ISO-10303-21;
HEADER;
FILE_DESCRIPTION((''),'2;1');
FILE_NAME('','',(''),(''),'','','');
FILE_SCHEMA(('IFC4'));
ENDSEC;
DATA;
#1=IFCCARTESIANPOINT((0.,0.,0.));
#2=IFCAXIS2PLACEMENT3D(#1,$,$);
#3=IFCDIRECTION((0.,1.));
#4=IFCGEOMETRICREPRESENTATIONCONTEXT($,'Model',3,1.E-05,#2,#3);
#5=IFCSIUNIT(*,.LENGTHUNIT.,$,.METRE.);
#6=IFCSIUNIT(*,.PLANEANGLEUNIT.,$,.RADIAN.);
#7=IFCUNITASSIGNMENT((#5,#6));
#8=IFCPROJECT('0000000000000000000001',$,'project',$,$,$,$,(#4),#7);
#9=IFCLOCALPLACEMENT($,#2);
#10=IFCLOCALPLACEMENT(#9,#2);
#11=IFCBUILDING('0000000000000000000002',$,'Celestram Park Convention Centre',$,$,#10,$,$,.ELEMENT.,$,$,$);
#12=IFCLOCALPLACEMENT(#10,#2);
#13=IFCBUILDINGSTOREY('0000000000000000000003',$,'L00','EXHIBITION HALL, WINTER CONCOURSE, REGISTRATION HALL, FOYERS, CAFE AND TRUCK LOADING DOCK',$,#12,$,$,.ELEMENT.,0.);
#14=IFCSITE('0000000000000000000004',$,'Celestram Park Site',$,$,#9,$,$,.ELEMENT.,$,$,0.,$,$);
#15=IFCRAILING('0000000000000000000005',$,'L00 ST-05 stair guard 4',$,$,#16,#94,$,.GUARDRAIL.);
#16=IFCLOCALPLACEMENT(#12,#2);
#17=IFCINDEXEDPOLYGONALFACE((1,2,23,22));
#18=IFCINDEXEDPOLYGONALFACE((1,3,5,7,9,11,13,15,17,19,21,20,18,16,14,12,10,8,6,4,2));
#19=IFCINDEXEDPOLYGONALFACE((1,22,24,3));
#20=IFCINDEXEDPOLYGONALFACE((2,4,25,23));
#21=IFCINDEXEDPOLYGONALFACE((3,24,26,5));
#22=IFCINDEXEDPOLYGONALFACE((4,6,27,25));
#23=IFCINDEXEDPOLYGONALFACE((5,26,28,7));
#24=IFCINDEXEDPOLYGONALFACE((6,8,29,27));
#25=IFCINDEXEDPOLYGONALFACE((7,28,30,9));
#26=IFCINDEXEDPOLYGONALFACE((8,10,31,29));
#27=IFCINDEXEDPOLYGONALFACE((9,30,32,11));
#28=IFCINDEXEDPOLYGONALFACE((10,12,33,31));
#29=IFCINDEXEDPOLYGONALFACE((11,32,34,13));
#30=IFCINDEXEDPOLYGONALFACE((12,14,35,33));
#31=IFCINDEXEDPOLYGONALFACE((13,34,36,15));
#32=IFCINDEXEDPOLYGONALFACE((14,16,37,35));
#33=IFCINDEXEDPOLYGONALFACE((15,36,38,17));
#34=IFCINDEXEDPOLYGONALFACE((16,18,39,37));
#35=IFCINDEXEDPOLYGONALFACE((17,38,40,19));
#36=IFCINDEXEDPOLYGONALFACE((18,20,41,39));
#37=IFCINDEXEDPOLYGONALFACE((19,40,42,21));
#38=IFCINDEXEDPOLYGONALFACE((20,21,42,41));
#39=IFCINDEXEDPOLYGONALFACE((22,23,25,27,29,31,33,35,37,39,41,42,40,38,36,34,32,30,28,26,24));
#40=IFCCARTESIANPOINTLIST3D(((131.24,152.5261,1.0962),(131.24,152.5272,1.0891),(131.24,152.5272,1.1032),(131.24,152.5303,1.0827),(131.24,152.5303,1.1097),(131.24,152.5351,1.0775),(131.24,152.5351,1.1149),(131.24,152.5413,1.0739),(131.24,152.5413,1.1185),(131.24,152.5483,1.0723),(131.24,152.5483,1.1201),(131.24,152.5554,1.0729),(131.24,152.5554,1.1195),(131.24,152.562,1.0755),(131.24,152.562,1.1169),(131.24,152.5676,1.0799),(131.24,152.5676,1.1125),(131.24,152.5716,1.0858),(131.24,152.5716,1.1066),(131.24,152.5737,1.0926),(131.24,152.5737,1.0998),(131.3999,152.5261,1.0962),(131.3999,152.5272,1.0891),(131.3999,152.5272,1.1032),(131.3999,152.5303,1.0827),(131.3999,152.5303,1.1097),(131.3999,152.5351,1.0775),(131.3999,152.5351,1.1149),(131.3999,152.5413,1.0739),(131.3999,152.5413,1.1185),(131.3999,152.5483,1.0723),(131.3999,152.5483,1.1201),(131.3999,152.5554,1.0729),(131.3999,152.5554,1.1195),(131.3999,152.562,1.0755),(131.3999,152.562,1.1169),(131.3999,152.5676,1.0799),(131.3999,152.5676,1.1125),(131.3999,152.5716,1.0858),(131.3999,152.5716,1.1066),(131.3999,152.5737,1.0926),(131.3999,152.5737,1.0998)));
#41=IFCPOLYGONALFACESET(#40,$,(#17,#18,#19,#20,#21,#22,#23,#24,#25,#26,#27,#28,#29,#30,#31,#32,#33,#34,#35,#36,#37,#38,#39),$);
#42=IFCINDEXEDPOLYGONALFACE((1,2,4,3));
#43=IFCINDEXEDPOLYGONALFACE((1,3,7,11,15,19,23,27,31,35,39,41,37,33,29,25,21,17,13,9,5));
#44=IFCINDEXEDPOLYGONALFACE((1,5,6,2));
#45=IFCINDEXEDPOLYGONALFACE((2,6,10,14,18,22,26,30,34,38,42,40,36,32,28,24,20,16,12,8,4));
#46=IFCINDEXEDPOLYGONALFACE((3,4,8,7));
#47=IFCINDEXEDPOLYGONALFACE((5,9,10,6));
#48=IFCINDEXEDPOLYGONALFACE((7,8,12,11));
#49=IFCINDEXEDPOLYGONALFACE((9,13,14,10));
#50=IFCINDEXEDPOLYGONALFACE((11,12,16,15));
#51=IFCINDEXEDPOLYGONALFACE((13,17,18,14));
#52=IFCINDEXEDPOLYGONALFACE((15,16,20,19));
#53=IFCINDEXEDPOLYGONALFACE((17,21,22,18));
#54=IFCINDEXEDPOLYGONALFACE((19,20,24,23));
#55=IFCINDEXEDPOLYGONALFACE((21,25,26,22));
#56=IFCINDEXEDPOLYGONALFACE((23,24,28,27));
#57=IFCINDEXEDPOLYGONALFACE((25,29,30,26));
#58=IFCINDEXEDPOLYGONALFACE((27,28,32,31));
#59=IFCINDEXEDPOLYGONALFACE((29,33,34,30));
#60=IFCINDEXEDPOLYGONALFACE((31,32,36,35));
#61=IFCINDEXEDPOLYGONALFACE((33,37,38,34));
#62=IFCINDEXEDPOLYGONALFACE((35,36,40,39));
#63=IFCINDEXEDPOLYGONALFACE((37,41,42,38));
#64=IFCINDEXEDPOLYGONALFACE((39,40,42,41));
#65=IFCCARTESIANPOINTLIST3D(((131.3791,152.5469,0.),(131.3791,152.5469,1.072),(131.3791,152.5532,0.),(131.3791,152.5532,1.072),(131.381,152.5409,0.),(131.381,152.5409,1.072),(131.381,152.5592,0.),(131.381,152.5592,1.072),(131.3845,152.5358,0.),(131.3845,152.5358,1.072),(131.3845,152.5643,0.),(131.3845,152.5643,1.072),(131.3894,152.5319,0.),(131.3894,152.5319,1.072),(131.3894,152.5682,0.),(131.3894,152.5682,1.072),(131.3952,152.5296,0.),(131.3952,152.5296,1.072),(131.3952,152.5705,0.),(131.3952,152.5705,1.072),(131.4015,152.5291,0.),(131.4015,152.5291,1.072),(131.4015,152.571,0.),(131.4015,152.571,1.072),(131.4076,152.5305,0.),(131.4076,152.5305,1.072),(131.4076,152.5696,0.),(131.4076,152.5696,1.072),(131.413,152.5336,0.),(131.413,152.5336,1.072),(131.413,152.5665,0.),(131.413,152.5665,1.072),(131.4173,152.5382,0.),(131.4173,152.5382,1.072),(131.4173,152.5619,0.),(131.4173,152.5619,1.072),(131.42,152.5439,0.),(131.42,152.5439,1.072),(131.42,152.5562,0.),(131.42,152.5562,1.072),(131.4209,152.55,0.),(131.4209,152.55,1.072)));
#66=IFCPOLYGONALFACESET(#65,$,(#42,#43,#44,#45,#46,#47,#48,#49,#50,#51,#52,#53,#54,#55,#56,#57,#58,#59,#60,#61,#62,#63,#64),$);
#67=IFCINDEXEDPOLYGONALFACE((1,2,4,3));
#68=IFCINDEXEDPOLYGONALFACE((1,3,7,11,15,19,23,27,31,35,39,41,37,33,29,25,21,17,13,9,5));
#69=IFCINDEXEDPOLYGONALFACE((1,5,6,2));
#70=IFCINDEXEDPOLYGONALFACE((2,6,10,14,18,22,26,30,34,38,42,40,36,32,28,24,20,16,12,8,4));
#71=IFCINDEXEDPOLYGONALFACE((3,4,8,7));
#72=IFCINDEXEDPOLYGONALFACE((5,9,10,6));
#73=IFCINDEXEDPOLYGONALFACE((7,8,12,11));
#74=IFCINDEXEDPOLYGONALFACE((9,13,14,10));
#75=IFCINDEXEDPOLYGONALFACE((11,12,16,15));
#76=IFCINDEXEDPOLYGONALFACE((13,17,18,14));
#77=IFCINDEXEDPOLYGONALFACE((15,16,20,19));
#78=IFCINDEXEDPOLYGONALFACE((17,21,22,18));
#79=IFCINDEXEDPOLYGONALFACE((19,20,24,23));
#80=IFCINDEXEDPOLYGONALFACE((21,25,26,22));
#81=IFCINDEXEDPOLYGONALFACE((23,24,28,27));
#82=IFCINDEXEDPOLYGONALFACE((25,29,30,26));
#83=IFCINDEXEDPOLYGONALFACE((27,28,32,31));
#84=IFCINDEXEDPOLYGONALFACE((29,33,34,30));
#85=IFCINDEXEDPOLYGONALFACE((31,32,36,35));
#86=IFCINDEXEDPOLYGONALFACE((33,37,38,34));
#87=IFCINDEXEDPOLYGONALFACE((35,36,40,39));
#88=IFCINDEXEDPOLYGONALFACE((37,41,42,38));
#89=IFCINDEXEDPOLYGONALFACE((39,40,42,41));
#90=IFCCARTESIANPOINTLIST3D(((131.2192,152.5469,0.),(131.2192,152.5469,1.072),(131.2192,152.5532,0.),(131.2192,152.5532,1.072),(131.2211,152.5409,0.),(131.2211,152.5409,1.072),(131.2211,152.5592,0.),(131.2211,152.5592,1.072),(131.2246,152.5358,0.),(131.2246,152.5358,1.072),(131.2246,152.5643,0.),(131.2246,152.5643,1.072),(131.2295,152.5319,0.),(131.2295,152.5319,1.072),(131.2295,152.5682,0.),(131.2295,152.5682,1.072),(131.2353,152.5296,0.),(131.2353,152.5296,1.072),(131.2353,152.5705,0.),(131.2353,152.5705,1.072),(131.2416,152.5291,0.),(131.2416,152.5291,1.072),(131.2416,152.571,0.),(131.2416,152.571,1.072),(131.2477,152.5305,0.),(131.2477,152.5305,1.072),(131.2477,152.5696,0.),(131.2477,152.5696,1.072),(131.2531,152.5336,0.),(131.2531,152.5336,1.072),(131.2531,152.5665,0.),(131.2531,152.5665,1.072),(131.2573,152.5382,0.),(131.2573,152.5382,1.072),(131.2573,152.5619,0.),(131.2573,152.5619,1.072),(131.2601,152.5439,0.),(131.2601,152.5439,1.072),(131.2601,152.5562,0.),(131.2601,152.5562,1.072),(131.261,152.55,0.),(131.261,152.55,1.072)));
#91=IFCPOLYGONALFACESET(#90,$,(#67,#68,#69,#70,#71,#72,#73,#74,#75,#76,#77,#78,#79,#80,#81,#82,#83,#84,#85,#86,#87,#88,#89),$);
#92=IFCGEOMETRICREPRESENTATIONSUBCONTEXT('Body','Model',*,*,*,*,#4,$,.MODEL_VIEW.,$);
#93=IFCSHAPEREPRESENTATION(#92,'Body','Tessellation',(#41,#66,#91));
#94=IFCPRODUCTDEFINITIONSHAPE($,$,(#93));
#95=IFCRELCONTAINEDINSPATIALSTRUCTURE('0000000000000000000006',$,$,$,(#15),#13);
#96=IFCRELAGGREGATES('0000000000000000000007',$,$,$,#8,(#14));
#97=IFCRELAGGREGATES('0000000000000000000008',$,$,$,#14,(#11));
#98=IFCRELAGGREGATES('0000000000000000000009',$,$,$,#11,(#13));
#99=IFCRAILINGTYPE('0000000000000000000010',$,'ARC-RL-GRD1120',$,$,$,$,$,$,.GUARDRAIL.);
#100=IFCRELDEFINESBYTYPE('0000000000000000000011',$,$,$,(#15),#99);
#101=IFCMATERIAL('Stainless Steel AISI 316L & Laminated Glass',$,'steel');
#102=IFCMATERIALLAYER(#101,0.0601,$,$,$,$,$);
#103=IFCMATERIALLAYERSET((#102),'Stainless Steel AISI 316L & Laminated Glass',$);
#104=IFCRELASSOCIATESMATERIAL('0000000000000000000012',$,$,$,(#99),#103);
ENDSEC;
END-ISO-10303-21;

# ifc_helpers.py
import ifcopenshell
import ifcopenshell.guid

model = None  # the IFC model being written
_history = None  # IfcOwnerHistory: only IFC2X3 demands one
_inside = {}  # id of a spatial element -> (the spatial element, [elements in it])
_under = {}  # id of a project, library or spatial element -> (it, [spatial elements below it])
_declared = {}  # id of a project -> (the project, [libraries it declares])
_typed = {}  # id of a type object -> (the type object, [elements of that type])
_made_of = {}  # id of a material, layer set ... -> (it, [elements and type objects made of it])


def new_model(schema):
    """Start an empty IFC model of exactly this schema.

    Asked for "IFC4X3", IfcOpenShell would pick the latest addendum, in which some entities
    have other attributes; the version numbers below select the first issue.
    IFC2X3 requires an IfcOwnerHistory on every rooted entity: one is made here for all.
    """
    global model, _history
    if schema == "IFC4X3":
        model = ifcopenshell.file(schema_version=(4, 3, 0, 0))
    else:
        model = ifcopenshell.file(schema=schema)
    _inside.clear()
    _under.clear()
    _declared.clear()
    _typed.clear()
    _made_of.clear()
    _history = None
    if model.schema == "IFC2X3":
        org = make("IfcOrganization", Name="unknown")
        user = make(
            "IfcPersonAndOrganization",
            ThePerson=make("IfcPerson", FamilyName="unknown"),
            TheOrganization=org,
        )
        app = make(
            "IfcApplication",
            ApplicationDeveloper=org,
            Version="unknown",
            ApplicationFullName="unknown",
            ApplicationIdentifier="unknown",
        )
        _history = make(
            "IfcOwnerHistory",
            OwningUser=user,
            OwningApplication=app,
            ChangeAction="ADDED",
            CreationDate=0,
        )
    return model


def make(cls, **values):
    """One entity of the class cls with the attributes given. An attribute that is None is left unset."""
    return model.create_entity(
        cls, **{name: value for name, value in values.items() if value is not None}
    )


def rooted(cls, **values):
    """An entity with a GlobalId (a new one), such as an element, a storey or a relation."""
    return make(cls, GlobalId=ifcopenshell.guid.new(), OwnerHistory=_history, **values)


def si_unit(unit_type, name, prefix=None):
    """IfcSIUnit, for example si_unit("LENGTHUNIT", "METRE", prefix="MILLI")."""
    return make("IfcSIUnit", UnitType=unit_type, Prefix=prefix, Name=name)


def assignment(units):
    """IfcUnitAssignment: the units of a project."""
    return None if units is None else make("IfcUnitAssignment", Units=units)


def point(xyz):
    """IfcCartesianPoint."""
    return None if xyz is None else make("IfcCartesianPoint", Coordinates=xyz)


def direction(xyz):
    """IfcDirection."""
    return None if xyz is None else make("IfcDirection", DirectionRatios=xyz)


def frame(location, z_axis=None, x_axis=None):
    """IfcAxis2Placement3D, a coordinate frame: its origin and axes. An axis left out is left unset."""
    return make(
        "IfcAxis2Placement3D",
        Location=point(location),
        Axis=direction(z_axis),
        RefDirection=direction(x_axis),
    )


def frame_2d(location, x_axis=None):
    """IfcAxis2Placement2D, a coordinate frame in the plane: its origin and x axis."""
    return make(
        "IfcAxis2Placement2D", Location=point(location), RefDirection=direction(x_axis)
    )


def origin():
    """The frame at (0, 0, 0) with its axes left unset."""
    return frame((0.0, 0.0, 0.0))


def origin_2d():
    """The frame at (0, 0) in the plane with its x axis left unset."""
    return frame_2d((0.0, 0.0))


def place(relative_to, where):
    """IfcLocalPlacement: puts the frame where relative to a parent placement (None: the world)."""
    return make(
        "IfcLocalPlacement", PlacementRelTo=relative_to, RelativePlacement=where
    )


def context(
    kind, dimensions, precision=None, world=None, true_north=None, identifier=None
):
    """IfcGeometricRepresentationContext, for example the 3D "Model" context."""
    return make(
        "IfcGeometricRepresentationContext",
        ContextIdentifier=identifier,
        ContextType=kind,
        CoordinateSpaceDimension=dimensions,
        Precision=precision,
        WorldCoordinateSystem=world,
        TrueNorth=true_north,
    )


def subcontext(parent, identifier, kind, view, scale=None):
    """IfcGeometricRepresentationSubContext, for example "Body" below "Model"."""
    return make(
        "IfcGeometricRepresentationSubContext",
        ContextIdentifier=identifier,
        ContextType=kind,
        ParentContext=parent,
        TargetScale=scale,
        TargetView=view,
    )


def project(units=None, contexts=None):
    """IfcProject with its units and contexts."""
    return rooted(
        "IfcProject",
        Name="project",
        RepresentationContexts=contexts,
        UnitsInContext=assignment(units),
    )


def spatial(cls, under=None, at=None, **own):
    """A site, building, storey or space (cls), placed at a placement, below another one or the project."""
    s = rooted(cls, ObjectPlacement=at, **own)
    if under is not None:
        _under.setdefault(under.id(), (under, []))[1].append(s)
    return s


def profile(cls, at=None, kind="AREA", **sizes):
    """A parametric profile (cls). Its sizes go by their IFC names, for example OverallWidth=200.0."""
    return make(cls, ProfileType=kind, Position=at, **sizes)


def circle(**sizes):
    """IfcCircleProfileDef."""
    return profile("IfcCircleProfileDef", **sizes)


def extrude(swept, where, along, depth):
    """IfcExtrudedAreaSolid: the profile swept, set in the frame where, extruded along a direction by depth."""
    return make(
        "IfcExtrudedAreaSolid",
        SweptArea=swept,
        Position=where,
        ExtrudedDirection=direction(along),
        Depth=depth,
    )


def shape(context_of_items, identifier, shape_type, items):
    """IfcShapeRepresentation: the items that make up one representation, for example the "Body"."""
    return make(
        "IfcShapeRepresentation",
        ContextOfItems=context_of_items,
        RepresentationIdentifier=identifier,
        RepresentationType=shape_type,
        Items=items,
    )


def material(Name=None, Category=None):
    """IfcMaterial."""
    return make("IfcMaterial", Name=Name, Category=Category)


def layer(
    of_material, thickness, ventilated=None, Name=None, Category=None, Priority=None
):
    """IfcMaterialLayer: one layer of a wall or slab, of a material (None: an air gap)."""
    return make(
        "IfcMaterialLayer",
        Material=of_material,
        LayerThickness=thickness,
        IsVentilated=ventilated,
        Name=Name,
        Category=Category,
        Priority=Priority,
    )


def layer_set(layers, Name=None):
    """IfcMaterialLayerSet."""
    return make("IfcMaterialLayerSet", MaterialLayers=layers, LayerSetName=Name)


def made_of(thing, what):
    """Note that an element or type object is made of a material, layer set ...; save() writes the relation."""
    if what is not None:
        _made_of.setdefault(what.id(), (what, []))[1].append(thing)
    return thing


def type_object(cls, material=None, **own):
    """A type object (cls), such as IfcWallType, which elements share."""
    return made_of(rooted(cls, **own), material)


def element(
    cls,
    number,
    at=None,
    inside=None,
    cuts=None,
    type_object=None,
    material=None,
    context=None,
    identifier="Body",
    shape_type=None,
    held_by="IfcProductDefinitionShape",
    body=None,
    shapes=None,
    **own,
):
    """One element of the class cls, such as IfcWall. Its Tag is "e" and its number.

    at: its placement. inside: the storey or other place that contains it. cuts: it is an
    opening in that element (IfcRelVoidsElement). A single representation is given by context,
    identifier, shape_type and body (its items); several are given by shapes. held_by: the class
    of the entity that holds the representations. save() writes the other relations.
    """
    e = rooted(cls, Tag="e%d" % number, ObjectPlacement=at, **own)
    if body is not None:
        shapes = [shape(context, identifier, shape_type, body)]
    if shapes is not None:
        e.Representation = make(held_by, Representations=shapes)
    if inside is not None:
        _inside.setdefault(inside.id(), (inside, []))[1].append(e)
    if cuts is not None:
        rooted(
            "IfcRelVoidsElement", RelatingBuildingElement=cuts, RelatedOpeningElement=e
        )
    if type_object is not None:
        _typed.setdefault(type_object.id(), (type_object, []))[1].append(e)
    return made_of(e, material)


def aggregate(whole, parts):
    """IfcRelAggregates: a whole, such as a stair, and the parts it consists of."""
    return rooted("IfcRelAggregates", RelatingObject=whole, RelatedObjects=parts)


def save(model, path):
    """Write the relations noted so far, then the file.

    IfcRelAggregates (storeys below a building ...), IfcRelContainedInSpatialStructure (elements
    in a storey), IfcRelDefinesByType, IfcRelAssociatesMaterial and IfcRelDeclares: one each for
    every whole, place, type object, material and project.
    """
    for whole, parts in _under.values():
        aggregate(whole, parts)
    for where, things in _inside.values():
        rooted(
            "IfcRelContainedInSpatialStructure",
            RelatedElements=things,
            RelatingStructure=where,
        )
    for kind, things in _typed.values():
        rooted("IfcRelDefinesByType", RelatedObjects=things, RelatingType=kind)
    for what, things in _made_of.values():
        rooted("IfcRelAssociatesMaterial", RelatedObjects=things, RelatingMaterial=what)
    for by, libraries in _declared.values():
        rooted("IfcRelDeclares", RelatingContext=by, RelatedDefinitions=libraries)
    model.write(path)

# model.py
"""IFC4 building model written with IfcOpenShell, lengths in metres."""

from ifc_helpers import new_model, si_unit, direction, frame, origin, origin_2d, place, context, subcontext, project, spatial, circle, extrude, material, layer, layer_set, type_object, element, save


model = new_model("IFC4")

# Units and contexts
model_context = context("Model", 3, precision=1e-05, world=origin(), true_north=direction((0.0, 1.0)))
body_context = subcontext(model_context, "Body", "Model", "MODEL_VIEW")
ifc_project = project(units=[si_unit("LENGTHUNIT", "METRE"), si_unit("PLANEANGLEUNIT", "RADIAN")], contexts=[model_context])

# Site, building, storey
site_placement = place(None, origin())
site = spatial("IfcSite", under=ifc_project, at=site_placement, Name="Celestram Park Site", CompositionType="ELEMENT", RefElevation=0.0)
building_placement = place(site_placement, origin())
building = spatial("IfcBuilding", under=site, at=building_placement, Name="Celestram Park Convention Centre", CompositionType="ELEMENT")
storey_placement = place(building_placement, origin())
storey = spatial("IfcBuildingStorey", under=building, at=storey_placement, Name="L00", Description="EXHIBITION HALL, WINTER CONCOURSE, REGISTRATION HALL, FOYERS, CAFE AND TRUCK LOADING DOCK", CompositionType="ELEMENT", Elevation=0.0)

# Railing
ifc_material_1 = material(Name="Stainless Steel AISI 316L & Laminated Glass", Category="steel")
ifc_layer_1 = layer(ifc_material_1, 0.0601)
ifc_layer_set_1 = layer_set([ifc_layer_1], Name="Stainless Steel AISI 316L & Laminated Glass")
railing_type_1 = type_object("IfcRailingType", Name="ARC-RL-GRD1120", PredefinedType="GUARDRAIL", material=ifc_layer_set_1)
railing_1_placement = place(storey_placement, frame((131.3999, 152.55, 0.0)))
element("IfcRailing", 1, at=railing_1_placement, inside=storey, type_object=railing_type_1, Name="L00 ST-05 stair guard 4", PredefinedType="GUARDRAIL", context=body_context, shape_type="SweptSolid", body=[
    extrude(circle(Radius=0.0239, at=origin_2d()), frame((0.0, 0.0, 1.0962), z_axis=(-1.0, 0.0, 0.0), x_axis=(0.0, -1.0, 0.0)), (0.0, 0.0, 1.0), 0.1599),
    extrude(circle(Radius=0.021, at=origin_2d()), origin(), (0.0, 0.0, 1.0), 1.072),
    extrude(circle(Radius=0.021, at=origin_2d()), frame((-0.1599, 0.0, 0.0)), (0.0, 0.0, 1.0), 1.072),
])

save(model, "model.ifc")
